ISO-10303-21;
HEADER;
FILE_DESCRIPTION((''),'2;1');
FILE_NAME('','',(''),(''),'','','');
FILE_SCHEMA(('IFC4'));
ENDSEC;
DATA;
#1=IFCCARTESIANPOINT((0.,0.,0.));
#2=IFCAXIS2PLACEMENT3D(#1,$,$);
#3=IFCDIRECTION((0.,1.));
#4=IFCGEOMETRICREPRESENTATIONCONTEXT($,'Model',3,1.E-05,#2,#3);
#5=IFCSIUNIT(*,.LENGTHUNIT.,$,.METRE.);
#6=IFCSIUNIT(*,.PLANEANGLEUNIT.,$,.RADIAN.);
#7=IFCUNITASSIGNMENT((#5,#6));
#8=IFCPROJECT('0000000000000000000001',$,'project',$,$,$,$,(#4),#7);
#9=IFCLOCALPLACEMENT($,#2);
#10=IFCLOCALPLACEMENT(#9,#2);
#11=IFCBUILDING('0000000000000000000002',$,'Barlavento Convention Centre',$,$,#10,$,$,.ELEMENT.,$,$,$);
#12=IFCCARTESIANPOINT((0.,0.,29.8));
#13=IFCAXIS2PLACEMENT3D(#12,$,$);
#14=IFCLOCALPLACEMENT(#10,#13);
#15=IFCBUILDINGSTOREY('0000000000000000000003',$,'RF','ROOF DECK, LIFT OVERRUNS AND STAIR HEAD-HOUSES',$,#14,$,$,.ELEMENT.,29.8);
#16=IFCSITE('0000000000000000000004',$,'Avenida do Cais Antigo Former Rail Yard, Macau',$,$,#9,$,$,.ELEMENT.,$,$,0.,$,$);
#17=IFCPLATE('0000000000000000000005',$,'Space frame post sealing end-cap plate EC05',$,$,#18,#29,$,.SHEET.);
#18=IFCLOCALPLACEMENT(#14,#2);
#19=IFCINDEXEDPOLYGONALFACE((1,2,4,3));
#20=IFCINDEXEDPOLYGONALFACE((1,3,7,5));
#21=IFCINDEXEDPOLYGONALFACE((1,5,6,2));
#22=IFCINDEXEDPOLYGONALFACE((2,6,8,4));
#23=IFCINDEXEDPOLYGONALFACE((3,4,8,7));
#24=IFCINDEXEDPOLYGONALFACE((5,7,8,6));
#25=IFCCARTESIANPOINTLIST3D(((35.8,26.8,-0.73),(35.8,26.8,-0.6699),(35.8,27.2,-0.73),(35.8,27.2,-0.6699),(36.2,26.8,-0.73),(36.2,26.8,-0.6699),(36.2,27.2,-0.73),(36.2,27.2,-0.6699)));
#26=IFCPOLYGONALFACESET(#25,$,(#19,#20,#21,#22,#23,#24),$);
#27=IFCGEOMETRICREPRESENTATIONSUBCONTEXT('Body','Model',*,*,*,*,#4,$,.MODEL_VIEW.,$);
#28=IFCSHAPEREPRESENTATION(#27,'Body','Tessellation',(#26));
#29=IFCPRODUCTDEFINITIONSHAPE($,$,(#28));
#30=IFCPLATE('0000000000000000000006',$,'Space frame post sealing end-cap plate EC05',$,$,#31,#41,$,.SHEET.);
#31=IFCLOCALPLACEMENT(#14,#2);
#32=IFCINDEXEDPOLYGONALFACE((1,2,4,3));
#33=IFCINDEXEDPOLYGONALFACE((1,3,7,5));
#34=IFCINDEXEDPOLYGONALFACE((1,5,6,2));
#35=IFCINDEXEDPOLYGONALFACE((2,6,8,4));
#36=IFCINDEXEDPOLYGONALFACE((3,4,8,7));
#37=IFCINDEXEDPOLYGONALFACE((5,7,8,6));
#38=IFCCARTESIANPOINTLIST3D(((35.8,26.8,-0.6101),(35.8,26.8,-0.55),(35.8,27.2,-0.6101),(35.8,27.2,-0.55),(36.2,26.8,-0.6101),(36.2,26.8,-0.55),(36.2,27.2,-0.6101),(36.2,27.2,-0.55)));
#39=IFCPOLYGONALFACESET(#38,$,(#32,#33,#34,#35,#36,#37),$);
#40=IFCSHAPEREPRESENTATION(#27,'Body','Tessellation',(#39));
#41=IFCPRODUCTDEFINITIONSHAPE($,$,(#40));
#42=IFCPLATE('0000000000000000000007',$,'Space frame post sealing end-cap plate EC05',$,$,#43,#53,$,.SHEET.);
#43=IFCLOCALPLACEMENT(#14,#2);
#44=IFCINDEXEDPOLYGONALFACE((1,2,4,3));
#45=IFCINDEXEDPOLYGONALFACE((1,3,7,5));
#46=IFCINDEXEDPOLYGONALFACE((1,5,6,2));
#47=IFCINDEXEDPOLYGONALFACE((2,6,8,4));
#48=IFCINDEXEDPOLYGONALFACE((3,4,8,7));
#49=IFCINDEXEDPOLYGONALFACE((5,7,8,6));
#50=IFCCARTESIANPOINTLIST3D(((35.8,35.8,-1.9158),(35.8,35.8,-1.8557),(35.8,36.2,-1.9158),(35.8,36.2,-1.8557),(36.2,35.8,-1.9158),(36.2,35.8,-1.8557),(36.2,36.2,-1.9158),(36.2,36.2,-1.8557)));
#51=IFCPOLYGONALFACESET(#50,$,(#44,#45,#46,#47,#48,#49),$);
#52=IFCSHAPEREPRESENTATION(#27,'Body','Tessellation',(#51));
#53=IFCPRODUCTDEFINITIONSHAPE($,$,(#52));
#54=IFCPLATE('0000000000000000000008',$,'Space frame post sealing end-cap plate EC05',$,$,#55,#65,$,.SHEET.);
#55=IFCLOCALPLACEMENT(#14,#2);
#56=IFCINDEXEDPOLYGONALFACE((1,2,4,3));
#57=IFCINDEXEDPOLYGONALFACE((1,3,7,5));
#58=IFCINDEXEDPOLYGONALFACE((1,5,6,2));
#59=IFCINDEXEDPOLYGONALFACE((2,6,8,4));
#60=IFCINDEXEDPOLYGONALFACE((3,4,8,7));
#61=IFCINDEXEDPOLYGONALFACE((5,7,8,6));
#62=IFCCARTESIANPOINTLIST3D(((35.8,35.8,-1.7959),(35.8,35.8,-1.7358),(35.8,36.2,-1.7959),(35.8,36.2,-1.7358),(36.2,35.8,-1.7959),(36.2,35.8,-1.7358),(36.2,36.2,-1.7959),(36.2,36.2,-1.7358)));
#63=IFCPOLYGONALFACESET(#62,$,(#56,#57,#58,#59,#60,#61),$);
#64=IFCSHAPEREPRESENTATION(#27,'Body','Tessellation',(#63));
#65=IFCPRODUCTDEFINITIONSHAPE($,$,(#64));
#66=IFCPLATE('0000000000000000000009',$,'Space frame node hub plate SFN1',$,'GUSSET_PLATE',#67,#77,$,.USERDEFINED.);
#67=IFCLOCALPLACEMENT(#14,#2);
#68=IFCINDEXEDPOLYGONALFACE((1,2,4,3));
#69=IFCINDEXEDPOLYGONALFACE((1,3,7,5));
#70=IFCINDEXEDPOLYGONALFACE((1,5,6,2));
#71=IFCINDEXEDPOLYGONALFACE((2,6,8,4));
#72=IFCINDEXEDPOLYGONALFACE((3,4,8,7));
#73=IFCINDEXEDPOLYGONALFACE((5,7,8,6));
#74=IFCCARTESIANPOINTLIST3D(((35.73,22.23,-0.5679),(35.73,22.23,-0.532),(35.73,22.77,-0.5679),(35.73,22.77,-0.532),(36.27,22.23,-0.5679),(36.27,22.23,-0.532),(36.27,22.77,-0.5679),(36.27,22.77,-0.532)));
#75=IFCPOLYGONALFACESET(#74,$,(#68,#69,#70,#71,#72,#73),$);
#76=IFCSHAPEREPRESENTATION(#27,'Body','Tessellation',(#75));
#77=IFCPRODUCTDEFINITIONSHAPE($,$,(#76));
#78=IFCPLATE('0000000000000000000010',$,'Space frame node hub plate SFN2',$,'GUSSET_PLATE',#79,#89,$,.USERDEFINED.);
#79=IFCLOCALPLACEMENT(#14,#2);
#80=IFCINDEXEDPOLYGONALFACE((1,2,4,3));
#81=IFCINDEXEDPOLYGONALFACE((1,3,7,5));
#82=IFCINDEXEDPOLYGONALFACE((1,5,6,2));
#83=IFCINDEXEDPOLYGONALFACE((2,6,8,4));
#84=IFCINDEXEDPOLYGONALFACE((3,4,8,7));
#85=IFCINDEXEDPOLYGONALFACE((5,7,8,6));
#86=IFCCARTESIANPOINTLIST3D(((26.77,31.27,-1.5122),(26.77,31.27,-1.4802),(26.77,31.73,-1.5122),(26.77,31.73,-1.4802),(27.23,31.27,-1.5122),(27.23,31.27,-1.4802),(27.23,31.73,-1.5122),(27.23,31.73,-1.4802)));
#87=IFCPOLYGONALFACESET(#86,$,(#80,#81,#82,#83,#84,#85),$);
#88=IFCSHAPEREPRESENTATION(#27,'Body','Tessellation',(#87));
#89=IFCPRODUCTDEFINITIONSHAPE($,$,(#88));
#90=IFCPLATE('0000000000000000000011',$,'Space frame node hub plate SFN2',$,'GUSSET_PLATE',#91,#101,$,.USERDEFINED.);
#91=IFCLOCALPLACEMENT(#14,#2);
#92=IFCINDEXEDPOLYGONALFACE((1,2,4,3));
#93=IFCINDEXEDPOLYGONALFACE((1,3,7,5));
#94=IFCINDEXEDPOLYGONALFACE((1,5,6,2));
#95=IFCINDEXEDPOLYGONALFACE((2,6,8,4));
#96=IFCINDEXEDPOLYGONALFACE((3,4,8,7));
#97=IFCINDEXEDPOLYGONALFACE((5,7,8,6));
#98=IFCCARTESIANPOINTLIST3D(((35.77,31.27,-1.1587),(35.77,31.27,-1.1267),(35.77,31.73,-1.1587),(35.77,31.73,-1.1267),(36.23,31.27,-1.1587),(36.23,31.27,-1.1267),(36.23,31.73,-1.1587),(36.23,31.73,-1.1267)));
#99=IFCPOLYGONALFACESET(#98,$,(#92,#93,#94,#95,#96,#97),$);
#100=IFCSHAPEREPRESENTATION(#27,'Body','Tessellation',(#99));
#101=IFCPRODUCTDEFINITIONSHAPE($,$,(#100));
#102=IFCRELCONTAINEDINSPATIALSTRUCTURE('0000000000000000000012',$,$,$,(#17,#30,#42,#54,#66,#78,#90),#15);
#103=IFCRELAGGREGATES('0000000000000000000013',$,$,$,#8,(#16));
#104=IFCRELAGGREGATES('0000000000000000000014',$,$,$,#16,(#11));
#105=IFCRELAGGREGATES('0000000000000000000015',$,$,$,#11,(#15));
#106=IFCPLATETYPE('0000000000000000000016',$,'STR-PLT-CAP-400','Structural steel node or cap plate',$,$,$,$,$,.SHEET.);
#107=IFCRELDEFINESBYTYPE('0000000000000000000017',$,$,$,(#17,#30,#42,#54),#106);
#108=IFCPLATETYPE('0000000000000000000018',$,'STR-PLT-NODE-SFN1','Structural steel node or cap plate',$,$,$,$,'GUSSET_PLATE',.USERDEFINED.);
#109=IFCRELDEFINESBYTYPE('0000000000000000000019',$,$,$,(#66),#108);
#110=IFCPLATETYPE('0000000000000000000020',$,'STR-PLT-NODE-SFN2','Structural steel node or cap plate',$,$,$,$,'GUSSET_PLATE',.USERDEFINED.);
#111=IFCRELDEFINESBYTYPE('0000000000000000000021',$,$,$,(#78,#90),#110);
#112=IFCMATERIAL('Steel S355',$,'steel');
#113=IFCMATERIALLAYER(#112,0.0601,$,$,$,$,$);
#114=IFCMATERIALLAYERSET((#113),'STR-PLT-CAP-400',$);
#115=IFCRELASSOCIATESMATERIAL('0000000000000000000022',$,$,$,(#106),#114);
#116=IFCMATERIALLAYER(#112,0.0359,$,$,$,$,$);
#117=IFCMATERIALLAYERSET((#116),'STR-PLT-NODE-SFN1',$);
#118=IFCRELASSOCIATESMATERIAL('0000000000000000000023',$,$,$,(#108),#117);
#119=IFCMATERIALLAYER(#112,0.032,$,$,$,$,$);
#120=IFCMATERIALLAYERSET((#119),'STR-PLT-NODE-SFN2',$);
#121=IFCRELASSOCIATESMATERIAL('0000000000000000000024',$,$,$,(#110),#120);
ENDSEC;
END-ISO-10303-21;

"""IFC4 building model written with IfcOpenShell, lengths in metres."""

from ifc_helpers import new_model, si_unit, direction, frame, origin, origin_2d, place, context, subcontext, project, spatial, rectangle, extrude, material, layer, layer_set, type_object, element, save


model = new_model("IFC4")

# Units and contexts
model_context = context("Model", 3, precision=1e-05, world=origin(), true_north=direction((0.0, 1.0)))
body_context = subcontext(model_context, "Body", "Model", "MODEL_VIEW")
ifc_project = project(units=[si_unit("LENGTHUNIT", "METRE"), si_unit("PLANEANGLEUNIT", "RADIAN")], contexts=[model_context])

# Site, building, storey
site_placement = place(None, origin())
site = spatial("IfcSite", under=ifc_project, at=site_placement, Name="Avenida do Cais Antigo Former Rail Yard, Macau", CompositionType="ELEMENT", RefElevation=0.0)
building_placement = place(site_placement, origin())
building = spatial("IfcBuilding", under=site, at=building_placement, Name="Barlavento Convention Centre", CompositionType="ELEMENT")
storey_placement = place(building_placement, frame((0.0, 0.0, 29.8)))
storey = spatial("IfcBuildingStorey", under=building, at=storey_placement, Name="RF", Description="ROOF DECK, LIFT OVERRUNS AND STAIR HEAD-HOUSES", CompositionType="ELEMENT", Elevation=29.8)

# Shared definitions
ifc_material_1 = material(Name="Steel S355", Category="steel")

# Plates
ifc_layer_1 = layer(ifc_material_1, 0.0601)
ifc_layer_set_1 = layer_set([ifc_layer_1], Name="STR-PLT-CAP-400")
plate_type_1 = type_object("IfcPlateType", Name="STR-PLT-CAP-400", Description="Structural steel node or cap plate", PredefinedType="SHEET", material=ifc_layer_set_1)
for number, where, z_axis, x_axis, name in (
    (1, (36.0, 27.0, -0.73), (0.0, 0.0, 1.0), (1.0, 0.0, 0.0), "Space frame post sealing end-cap plate EC05"),
    (2, (36.0, 27.0, -0.6101), (0.0, 0.0, 1.0), (1.0, 0.0, 0.0), "Space frame post sealing end-cap plate EC05"),
    (3, (36.0, 36.0, -1.9158), (0.0, 0.0, 1.0), (1.0, 0.0, 0.0), "Space frame post sealing end-cap plate EC05"),
    (4, (36.0, 36.0, -1.7959), (0.0, 0.0, 1.0), (1.0, 0.0, 0.0), "Space frame post sealing end-cap plate EC05"),
):
    element("IfcPlate", number, at=place(storey_placement, frame(where, z_axis=z_axis, x_axis=x_axis)), inside=storey, type_object=plate_type_1, Name=name, PredefinedType="SHEET", context=body_context, shape_type="SweptSolid", body=[
        extrude(rectangle(XDim=0.3999, YDim=0.3999, at=origin_2d()), origin(), (0.0, 0.0, 1.0), 0.0601),
    ])
ifc_layer_2 = layer(ifc_material_1, 0.0359)
ifc_layer_set_2 = layer_set([ifc_layer_2], Name="STR-PLT-NODE-SFN1")
plate_type_2 = type_object("IfcPlateType", Name="STR-PLT-NODE-SFN1", Description="Structural steel node or cap plate", ElementType="GUSSET_PLATE", PredefinedType="USERDEFINED", material=ifc_layer_set_2)
plate_placement = place(storey_placement, frame((36.0, 22.5, -0.5679), z_axis=(0.0, 0.0, 1.0), x_axis=(1.0, 0.0, 0.0)))
element("IfcPlate", 5, at=plate_placement, inside=storey, type_object=plate_type_2, Name="Space frame node hub plate SFN1", ObjectType="GUSSET_PLATE", PredefinedType="USERDEFINED", context=body_context, shape_type="SweptSolid", body=[
    extrude(rectangle(XDim=0.54, YDim=0.54, at=origin_2d()), origin(), (0.0, 0.0, 1.0), 0.0359),
])
ifc_layer_3 = layer(ifc_material_1, 0.032)
ifc_layer_set_3 = layer_set([ifc_layer_3], Name="STR-PLT-NODE-SFN2")
plate_type_3 = type_object("IfcPlateType", Name="STR-PLT-NODE-SFN2", Description="Structural steel node or cap plate", ElementType="GUSSET_PLATE", PredefinedType="USERDEFINED", material=ifc_layer_set_3)
for number, where, z_axis, x_axis, name in (
    (6, (27.0, 31.5, -1.5122), (0.0, 0.0, 1.0), (1.0, 0.0, 0.0), "Space frame node hub plate SFN2"),
    (7, (36.0, 31.5, -1.1587), (0.0, 0.0, 1.0), (1.0, 0.0, 0.0), "Space frame node hub plate SFN2"),
):
    element("IfcPlate", number, at=place(storey_placement, frame(where, z_axis=z_axis, x_axis=x_axis)), inside=storey, type_object=plate_type_3, Name=name, ObjectType="GUSSET_PLATE", PredefinedType="USERDEFINED", context=body_context, shape_type="SweptSolid", body=[
        extrude(rectangle(XDim=0.46, YDim=0.46, at=origin_2d()), origin(), (0.0, 0.0, 1.0), 0.032),
    ])

save(model, "model.ifc")
